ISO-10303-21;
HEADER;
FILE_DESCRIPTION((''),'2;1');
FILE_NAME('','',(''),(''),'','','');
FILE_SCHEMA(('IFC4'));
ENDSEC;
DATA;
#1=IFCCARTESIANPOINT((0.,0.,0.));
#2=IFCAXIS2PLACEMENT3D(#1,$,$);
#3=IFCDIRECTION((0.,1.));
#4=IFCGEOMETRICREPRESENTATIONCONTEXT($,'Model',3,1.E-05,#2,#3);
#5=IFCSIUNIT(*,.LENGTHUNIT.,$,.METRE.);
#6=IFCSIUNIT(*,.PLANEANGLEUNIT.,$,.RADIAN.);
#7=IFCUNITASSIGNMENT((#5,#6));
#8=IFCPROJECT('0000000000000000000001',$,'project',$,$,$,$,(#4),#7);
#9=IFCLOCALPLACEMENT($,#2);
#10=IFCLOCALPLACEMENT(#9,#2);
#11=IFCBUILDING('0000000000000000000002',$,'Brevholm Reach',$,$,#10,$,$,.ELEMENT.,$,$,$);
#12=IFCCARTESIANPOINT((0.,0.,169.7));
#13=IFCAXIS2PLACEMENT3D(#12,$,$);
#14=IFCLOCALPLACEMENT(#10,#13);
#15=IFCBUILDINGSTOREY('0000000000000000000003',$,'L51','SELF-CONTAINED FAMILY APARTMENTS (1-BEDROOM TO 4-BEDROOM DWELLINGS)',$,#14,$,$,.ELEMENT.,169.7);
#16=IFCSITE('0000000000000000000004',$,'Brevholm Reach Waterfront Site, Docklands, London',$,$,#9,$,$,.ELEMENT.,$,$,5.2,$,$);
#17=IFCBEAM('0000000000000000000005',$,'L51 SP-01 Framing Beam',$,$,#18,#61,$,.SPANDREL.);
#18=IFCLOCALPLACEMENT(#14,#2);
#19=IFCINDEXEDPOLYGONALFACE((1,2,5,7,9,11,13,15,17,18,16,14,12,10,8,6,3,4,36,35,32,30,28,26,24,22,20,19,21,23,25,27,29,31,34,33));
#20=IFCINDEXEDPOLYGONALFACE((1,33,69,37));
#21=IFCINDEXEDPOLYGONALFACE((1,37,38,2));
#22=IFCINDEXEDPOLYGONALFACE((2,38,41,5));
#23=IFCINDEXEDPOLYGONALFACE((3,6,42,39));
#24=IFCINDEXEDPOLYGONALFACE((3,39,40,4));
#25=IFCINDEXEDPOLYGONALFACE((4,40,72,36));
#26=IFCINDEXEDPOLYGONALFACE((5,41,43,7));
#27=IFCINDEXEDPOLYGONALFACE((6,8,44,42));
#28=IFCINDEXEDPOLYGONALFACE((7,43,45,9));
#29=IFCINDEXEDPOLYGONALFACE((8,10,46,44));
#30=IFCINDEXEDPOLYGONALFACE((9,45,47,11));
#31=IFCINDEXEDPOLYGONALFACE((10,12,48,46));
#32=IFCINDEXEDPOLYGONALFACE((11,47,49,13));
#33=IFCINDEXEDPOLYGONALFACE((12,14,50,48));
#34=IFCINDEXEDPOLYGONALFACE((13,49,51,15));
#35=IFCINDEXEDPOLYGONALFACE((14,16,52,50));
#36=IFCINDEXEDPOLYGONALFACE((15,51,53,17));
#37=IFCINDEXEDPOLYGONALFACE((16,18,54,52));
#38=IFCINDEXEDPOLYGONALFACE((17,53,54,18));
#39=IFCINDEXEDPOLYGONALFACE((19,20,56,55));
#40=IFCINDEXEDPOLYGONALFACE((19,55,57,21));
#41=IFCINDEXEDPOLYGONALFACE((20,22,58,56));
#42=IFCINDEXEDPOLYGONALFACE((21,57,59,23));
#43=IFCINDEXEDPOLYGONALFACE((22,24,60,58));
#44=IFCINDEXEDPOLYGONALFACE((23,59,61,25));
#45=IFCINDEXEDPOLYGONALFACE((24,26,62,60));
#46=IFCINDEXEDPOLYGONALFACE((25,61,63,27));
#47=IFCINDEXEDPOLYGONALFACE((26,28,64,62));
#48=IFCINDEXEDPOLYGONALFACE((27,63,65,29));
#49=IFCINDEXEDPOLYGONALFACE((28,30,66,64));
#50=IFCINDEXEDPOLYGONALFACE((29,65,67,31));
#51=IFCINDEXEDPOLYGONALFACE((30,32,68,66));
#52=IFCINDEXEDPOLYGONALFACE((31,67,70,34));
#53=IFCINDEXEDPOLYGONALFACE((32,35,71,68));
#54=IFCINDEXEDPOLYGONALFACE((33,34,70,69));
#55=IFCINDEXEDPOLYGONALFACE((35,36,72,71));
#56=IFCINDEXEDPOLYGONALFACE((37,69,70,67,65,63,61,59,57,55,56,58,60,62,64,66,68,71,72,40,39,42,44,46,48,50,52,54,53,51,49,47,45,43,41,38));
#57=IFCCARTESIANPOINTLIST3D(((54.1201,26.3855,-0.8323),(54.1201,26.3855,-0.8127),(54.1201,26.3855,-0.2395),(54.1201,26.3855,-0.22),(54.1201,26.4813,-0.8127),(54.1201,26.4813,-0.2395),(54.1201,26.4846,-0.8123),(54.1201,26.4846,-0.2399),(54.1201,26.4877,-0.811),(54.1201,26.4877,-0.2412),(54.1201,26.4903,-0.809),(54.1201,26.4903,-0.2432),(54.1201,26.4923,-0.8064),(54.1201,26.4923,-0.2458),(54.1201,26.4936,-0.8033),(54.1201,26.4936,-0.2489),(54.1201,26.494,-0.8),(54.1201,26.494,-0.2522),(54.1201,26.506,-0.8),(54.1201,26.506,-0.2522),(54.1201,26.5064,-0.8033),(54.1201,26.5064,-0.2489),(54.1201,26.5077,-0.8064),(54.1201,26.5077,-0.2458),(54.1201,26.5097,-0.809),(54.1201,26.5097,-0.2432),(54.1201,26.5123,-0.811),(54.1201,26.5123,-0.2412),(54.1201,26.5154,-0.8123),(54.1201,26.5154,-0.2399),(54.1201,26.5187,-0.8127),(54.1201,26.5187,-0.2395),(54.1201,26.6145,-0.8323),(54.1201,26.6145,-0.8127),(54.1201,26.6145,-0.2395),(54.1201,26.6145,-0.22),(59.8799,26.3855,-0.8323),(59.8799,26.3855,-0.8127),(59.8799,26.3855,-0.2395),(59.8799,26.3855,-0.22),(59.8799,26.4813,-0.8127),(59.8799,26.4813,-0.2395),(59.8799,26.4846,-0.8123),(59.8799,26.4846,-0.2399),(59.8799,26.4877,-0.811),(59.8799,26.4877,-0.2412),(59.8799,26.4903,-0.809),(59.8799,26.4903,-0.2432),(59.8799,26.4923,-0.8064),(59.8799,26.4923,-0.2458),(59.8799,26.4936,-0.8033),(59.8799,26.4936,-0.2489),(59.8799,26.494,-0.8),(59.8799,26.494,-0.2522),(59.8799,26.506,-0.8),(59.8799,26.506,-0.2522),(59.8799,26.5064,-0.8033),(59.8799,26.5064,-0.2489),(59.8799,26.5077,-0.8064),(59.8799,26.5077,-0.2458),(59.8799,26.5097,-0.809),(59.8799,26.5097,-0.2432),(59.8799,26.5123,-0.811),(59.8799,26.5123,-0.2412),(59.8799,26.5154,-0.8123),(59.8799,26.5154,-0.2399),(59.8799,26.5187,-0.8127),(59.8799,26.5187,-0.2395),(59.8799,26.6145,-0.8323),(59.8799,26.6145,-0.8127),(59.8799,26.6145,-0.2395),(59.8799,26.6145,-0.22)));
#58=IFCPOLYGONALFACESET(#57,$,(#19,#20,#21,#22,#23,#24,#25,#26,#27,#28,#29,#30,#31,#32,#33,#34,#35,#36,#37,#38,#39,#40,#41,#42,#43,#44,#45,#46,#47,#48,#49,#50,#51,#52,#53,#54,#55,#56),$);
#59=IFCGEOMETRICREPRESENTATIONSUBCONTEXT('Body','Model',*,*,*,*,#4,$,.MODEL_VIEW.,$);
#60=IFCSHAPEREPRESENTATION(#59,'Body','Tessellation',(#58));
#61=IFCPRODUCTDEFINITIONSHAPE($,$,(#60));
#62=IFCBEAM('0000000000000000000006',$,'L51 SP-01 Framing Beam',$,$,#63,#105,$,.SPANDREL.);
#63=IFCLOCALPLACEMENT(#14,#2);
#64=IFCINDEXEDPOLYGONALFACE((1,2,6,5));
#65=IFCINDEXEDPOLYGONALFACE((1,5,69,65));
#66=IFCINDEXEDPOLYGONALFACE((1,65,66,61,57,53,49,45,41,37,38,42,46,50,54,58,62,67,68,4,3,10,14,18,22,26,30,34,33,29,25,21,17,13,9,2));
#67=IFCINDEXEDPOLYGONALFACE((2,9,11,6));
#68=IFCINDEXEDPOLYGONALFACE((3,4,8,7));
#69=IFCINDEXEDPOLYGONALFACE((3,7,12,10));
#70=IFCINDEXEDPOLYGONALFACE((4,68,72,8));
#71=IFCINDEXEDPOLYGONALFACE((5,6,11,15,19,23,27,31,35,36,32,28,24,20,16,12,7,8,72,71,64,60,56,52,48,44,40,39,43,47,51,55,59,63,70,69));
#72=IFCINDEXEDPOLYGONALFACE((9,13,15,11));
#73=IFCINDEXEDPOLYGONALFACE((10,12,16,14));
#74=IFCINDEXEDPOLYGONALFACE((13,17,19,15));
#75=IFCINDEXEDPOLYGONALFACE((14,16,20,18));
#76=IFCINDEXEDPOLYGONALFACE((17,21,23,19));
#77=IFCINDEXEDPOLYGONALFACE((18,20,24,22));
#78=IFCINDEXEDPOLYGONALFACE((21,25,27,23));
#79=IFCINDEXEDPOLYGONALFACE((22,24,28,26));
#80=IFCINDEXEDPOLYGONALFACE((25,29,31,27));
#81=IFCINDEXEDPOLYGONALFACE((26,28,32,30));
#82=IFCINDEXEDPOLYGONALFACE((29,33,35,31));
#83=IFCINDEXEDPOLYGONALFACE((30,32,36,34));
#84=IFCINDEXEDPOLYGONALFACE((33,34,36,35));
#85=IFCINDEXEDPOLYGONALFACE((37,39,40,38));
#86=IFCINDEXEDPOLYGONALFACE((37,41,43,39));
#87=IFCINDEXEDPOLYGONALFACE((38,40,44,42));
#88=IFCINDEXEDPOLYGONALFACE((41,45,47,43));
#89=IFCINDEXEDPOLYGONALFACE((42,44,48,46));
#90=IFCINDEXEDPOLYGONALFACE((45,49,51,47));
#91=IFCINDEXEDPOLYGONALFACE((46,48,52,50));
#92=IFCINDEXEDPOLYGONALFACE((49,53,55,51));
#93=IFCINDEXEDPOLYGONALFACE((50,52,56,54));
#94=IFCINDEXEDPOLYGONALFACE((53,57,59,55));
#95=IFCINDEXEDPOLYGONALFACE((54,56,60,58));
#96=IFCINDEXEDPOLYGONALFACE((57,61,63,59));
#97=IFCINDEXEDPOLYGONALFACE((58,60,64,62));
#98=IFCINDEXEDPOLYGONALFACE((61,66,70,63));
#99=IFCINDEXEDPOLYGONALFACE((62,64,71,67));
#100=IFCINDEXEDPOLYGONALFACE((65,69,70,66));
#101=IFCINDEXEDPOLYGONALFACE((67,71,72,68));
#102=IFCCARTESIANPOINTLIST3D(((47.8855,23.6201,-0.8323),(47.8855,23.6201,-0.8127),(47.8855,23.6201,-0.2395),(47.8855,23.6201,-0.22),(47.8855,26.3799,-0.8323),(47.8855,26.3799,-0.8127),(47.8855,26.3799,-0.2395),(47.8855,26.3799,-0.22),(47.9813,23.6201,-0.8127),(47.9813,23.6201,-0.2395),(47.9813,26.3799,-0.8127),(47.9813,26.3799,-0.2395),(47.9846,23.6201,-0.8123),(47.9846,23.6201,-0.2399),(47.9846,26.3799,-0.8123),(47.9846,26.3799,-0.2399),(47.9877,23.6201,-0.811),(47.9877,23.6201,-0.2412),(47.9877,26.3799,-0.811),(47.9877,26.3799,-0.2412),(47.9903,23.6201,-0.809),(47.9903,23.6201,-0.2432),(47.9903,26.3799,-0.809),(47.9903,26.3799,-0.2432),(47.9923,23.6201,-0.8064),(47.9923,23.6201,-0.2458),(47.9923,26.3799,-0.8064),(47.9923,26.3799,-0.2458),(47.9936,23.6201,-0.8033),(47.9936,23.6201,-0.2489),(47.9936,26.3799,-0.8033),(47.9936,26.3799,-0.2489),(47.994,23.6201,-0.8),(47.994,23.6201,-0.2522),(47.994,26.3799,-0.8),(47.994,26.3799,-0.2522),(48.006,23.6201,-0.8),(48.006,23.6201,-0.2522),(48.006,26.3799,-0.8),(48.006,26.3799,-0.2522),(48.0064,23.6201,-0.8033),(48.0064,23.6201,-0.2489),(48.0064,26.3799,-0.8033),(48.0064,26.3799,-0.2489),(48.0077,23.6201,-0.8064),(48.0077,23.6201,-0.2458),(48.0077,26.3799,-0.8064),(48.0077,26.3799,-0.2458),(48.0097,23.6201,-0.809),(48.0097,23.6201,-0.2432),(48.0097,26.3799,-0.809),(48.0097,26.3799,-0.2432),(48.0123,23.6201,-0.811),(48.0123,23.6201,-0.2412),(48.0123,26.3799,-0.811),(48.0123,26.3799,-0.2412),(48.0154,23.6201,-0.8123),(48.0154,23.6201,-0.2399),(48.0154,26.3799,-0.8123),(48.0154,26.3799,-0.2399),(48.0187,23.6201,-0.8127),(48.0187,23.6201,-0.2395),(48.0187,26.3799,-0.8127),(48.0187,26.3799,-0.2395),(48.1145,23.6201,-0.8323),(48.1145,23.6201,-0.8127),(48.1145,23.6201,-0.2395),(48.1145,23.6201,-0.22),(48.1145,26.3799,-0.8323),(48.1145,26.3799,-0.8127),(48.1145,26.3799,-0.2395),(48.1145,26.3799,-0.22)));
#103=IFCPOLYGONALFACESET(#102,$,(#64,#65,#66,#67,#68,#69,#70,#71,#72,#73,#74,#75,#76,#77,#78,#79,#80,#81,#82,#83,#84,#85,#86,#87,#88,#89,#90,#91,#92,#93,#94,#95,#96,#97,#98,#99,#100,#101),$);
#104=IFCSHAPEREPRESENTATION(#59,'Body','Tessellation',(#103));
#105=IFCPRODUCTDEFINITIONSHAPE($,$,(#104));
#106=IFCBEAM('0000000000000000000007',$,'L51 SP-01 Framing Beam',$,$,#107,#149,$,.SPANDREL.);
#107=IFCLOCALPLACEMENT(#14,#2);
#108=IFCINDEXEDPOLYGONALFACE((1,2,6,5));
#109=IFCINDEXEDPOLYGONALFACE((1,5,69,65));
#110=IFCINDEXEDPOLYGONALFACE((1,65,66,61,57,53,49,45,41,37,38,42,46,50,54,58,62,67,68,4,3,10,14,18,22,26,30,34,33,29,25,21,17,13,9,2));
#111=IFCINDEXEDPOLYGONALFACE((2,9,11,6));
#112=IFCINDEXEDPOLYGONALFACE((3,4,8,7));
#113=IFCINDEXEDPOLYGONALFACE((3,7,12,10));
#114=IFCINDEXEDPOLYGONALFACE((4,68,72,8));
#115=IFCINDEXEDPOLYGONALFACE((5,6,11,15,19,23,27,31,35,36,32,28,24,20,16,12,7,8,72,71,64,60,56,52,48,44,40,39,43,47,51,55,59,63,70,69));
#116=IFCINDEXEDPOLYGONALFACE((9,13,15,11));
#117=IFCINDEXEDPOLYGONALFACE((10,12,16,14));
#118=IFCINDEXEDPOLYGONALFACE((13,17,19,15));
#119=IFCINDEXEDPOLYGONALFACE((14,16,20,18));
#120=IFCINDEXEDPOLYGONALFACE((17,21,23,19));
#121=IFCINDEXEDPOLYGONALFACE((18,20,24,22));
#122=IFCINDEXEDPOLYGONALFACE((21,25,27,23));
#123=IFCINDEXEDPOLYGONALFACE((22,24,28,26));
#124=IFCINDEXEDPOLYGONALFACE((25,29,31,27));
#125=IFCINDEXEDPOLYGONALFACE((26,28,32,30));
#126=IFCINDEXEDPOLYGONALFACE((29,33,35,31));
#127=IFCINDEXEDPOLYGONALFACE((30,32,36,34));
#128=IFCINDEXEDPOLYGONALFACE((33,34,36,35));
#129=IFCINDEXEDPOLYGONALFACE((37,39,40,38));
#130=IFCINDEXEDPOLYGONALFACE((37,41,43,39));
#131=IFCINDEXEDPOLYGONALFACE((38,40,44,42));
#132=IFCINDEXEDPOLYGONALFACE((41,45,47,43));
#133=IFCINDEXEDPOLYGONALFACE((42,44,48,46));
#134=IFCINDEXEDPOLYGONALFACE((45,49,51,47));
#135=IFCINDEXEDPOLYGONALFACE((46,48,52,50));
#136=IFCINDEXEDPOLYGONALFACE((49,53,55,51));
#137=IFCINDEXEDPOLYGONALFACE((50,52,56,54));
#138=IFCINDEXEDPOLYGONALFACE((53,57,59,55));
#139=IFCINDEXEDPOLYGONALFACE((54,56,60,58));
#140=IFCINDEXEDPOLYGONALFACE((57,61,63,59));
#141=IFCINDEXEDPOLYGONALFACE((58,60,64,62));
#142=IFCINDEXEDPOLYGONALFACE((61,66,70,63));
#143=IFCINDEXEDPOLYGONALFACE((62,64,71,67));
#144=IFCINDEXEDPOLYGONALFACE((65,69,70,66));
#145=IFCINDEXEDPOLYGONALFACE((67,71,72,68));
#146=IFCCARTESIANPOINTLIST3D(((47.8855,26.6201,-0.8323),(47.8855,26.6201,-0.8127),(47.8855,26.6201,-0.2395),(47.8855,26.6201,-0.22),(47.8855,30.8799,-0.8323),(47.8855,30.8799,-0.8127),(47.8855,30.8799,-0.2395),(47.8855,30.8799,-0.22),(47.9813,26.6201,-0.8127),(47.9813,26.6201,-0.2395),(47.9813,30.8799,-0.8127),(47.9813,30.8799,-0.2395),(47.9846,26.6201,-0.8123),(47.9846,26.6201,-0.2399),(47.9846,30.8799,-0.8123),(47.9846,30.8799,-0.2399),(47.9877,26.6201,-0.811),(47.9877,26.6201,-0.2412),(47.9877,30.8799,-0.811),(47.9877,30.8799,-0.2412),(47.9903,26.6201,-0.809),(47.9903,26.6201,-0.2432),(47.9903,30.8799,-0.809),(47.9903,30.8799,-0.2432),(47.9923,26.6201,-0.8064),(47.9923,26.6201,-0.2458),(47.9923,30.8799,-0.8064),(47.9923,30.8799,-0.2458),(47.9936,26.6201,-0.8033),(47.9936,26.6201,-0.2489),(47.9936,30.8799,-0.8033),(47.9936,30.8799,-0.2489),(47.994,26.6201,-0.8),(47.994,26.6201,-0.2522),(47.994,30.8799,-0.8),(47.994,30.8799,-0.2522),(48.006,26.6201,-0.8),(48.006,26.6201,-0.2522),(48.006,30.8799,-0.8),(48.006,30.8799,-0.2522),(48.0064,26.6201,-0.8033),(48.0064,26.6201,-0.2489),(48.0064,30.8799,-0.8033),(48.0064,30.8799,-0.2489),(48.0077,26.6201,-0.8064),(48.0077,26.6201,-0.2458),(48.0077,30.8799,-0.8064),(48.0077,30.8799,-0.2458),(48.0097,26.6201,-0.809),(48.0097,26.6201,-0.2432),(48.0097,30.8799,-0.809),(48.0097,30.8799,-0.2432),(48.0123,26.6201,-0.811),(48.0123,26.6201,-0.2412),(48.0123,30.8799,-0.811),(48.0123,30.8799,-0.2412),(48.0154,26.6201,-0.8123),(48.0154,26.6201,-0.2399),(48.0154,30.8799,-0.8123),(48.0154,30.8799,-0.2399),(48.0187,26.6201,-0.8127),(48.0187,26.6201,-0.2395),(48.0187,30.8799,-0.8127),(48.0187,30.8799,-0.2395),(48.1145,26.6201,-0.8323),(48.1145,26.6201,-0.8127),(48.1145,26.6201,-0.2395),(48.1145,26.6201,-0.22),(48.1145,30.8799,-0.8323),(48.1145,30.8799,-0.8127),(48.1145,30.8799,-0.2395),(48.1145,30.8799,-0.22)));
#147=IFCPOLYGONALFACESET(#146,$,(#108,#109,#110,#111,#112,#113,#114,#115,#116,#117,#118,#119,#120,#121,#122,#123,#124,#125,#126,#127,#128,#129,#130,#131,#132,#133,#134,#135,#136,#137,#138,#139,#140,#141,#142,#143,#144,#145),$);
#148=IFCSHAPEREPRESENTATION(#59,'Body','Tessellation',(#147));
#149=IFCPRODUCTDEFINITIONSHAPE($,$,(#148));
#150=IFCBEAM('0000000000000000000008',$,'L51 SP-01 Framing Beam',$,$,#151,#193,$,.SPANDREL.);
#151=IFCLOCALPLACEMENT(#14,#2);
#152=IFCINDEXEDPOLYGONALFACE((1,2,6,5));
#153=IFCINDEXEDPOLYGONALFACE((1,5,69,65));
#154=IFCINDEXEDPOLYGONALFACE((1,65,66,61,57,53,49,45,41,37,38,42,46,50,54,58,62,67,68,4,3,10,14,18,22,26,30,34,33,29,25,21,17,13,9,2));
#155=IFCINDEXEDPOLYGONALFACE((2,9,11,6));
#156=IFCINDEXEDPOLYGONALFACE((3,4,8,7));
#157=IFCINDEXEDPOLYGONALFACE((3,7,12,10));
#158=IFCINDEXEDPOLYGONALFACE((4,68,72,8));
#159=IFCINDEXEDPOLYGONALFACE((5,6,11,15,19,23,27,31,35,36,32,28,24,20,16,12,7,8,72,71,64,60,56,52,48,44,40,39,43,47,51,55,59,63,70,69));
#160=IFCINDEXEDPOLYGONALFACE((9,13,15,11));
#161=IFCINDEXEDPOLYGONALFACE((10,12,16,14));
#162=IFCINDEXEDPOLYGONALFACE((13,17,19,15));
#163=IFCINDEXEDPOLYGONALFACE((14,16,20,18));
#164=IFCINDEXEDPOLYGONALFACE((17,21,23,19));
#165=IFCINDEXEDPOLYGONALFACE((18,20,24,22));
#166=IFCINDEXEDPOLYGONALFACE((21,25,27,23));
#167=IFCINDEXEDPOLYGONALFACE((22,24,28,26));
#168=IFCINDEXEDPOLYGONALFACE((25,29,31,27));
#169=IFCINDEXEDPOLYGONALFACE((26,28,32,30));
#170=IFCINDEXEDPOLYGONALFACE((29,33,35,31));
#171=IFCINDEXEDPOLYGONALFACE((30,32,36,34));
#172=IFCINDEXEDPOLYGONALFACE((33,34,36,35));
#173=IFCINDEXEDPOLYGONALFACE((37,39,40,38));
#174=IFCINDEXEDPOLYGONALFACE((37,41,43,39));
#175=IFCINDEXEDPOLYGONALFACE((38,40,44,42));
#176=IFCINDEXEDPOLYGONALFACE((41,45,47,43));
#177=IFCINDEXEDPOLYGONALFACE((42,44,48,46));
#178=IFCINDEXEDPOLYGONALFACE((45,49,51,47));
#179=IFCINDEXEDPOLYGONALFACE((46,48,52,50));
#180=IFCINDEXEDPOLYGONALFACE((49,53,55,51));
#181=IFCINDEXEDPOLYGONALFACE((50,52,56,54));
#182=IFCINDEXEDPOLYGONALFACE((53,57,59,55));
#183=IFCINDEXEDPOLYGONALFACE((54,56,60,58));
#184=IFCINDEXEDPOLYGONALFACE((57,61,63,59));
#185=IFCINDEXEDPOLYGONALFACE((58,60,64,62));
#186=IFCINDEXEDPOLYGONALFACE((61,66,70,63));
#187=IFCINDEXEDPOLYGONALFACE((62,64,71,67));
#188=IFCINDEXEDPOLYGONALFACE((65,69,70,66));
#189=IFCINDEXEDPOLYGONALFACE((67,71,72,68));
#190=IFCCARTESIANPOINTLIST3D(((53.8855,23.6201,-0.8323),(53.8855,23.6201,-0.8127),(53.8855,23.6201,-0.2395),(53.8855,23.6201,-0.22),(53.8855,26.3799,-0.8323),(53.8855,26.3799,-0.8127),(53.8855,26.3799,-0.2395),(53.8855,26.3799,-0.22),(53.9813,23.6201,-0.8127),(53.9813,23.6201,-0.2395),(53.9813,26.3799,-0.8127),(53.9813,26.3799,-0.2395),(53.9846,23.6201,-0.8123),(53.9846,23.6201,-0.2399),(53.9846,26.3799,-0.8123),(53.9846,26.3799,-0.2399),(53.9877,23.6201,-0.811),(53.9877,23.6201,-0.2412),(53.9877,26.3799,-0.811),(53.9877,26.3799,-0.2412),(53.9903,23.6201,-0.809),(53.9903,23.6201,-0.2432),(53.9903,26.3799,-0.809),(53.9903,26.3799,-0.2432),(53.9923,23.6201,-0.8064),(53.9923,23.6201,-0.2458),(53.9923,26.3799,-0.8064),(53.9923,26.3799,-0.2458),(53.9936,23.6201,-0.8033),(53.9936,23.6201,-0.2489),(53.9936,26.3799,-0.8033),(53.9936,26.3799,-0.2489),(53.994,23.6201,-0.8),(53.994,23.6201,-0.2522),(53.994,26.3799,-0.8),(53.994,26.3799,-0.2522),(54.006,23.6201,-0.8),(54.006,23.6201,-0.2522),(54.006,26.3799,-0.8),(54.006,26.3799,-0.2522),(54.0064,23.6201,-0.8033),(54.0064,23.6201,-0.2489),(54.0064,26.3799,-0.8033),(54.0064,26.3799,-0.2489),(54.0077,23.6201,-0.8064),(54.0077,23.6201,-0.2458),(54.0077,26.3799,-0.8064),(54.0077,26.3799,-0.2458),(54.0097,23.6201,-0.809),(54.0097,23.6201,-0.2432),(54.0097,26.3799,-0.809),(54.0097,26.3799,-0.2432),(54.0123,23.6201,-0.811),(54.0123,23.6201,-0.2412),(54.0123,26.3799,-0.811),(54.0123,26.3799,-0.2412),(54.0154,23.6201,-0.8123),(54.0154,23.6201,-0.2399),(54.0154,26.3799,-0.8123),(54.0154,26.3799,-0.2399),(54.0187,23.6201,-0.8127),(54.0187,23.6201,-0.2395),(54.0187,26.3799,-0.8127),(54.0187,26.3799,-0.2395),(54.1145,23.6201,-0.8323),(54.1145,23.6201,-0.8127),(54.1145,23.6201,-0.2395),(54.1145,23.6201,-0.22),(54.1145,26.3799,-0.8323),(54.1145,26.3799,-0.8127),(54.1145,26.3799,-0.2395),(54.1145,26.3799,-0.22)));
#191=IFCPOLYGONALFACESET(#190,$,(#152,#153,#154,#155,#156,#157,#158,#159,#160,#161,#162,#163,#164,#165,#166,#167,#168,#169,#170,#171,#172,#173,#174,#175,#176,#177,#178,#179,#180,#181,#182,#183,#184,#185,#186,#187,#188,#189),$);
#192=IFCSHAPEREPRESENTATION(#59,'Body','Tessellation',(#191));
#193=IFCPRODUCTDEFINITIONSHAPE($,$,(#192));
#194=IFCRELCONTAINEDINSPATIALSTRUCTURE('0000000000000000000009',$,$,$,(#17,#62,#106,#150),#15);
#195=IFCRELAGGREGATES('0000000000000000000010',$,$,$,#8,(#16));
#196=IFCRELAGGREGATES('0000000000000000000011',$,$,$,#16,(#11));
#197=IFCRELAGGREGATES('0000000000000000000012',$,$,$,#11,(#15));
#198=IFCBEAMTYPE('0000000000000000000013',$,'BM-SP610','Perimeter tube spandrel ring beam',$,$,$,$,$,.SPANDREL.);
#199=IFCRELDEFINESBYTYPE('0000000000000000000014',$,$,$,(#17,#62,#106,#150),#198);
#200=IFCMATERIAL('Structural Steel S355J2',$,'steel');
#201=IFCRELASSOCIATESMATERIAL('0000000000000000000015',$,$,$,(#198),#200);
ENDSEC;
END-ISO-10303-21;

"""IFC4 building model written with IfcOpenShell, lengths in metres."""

from ifc_helpers import new_model, si_unit, direction, frame, origin, origin_2d, place, context, subcontext, project, spatial, i_section, extrude, material, material_profile, profile_set, type_object, element, save


model = new_model("IFC4")

# Units and contexts
model_context = context("Model", 3, precision=1e-05, world=origin(), true_north=direction((0.0, 1.0)))
body_context = subcontext(model_context, "Body", "Model", "MODEL_VIEW")
ifc_project = project(units=[si_unit("LENGTHUNIT", "METRE"), si_unit("PLANEANGLEUNIT", "RADIAN")], contexts=[model_context])

# Site, building, storey
site_placement = place(None, origin())
site = spatial("IfcSite", under=ifc_project, at=site_placement, Name="Brevholm Reach Waterfront Site, Docklands, London", CompositionType="ELEMENT", RefElevation=5.2)
building_placement = place(site_placement, origin())
building = spatial("IfcBuilding", under=site, at=building_placement, Name="Brevholm Reach", CompositionType="ELEMENT")
storey_placement = place(building_placement, frame((0.0, 0.0, 169.7)))
storey = spatial("IfcBuildingStorey", under=building, at=storey_placement, Name="L51", Description="SELF-CONTAINED FAMILY APARTMENTS (1-BEDROOM TO 4-BEDROOM DWELLINGS)", CompositionType="ELEMENT", Elevation=169.7)

# Beams
ifc_material_1 = material(Name="Structural Steel S355J2", Category="steel")
ifc_material_profile_1 = material_profile(ifc_material_1, i_section(OverallWidth=0.229, OverallDepth=0.6123, WebThickness=0.012, FlangeThickness=0.0195, FilletRadius=0.0127, at=origin_2d()), Name="UKB 610x229x125")
ifc_profile_set_1 = profile_set([ifc_material_profile_1], Name="Structural Steel S355J2")
beam_type_1 = type_object("IfcBeamType", Name="BM-SP610", Description="Perimeter tube spandrel ring beam", PredefinedType="SPANDREL", material=ifc_profile_set_1)
for number, where, z_axis, x_axis, name in (
    (1, (54.1201, 26.5, -0.5261), (1.0, 0.0, 0.0), (0.0, 1.0, 0.0), "L51 SP-01 Framing Beam"),
):
    element("IfcBeam", number, at=place(storey_placement, frame(where, z_axis=z_axis, x_axis=x_axis)), inside=storey, type_object=beam_type_1, Name=name, PredefinedType="SPANDREL", context=body_context, shape_type="SweptSolid", body=[
        extrude(i_section(OverallWidth=0.229, OverallDepth=0.6123, WebThickness=0.012, FlangeThickness=0.0195, FilletRadius=0.0127, at=origin_2d()), origin(), (0.0, 0.0, 1.0), 5.7598),
    ])
beam_1_placement = place(storey_placement, frame((48.0, 23.6201, -0.5261), z_axis=(0.0, 1.0, 0.0), x_axis=(-1.0, 0.0, 0.0)))
element("IfcBeam", 2, at=beam_1_placement, inside=storey, type_object=beam_type_1, Name="L51 SP-01 Framing Beam", PredefinedType="SPANDREL", context=body_context, shape_type="SweptSolid", body=[
    extrude(i_section(OverallWidth=0.229, OverallDepth=0.6123, WebThickness=0.012, FlangeThickness=0.0195, FilletRadius=0.0127, at=origin_2d()), origin(), (0.0, 0.0, 1.0), 2.7598),
])
beam_2_placement = place(storey_placement, frame((48.0, 26.6201, -0.5261), z_axis=(0.0, 1.0, 0.0), x_axis=(-1.0, 0.0, 0.0)))
element("IfcBeam", 3, at=beam_2_placement, inside=storey, type_object=beam_type_1, Name="L51 SP-01 Framing Beam", PredefinedType="SPANDREL", context=body_context, shape_type="SweptSolid", body=[
    extrude(i_section(OverallWidth=0.229, OverallDepth=0.6123, WebThickness=0.012, FlangeThickness=0.0195, FilletRadius=0.0127, at=origin_2d()), origin(), (0.0, 0.0, 1.0), 4.2598),
])
beam_3_placement = place(storey_placement, frame((54.0, 23.6201, -0.5261), z_axis=(0.0, 1.0, 0.0), x_axis=(-1.0, 0.0, 0.0)))
element("IfcBeam", 4, at=beam_3_placement, inside=storey, type_object=beam_type_1, Name="L51 SP-01 Framing Beam", PredefinedType="SPANDREL", context=body_context, shape_type="SweptSolid", body=[
    extrude(i_section(OverallWidth=0.229, OverallDepth=0.6123, WebThickness=0.012, FlangeThickness=0.0195, FilletRadius=0.0127, at=origin_2d()), origin(), (0.0, 0.0, 1.0), 2.7598),
])

save(model, "model.ifc")
